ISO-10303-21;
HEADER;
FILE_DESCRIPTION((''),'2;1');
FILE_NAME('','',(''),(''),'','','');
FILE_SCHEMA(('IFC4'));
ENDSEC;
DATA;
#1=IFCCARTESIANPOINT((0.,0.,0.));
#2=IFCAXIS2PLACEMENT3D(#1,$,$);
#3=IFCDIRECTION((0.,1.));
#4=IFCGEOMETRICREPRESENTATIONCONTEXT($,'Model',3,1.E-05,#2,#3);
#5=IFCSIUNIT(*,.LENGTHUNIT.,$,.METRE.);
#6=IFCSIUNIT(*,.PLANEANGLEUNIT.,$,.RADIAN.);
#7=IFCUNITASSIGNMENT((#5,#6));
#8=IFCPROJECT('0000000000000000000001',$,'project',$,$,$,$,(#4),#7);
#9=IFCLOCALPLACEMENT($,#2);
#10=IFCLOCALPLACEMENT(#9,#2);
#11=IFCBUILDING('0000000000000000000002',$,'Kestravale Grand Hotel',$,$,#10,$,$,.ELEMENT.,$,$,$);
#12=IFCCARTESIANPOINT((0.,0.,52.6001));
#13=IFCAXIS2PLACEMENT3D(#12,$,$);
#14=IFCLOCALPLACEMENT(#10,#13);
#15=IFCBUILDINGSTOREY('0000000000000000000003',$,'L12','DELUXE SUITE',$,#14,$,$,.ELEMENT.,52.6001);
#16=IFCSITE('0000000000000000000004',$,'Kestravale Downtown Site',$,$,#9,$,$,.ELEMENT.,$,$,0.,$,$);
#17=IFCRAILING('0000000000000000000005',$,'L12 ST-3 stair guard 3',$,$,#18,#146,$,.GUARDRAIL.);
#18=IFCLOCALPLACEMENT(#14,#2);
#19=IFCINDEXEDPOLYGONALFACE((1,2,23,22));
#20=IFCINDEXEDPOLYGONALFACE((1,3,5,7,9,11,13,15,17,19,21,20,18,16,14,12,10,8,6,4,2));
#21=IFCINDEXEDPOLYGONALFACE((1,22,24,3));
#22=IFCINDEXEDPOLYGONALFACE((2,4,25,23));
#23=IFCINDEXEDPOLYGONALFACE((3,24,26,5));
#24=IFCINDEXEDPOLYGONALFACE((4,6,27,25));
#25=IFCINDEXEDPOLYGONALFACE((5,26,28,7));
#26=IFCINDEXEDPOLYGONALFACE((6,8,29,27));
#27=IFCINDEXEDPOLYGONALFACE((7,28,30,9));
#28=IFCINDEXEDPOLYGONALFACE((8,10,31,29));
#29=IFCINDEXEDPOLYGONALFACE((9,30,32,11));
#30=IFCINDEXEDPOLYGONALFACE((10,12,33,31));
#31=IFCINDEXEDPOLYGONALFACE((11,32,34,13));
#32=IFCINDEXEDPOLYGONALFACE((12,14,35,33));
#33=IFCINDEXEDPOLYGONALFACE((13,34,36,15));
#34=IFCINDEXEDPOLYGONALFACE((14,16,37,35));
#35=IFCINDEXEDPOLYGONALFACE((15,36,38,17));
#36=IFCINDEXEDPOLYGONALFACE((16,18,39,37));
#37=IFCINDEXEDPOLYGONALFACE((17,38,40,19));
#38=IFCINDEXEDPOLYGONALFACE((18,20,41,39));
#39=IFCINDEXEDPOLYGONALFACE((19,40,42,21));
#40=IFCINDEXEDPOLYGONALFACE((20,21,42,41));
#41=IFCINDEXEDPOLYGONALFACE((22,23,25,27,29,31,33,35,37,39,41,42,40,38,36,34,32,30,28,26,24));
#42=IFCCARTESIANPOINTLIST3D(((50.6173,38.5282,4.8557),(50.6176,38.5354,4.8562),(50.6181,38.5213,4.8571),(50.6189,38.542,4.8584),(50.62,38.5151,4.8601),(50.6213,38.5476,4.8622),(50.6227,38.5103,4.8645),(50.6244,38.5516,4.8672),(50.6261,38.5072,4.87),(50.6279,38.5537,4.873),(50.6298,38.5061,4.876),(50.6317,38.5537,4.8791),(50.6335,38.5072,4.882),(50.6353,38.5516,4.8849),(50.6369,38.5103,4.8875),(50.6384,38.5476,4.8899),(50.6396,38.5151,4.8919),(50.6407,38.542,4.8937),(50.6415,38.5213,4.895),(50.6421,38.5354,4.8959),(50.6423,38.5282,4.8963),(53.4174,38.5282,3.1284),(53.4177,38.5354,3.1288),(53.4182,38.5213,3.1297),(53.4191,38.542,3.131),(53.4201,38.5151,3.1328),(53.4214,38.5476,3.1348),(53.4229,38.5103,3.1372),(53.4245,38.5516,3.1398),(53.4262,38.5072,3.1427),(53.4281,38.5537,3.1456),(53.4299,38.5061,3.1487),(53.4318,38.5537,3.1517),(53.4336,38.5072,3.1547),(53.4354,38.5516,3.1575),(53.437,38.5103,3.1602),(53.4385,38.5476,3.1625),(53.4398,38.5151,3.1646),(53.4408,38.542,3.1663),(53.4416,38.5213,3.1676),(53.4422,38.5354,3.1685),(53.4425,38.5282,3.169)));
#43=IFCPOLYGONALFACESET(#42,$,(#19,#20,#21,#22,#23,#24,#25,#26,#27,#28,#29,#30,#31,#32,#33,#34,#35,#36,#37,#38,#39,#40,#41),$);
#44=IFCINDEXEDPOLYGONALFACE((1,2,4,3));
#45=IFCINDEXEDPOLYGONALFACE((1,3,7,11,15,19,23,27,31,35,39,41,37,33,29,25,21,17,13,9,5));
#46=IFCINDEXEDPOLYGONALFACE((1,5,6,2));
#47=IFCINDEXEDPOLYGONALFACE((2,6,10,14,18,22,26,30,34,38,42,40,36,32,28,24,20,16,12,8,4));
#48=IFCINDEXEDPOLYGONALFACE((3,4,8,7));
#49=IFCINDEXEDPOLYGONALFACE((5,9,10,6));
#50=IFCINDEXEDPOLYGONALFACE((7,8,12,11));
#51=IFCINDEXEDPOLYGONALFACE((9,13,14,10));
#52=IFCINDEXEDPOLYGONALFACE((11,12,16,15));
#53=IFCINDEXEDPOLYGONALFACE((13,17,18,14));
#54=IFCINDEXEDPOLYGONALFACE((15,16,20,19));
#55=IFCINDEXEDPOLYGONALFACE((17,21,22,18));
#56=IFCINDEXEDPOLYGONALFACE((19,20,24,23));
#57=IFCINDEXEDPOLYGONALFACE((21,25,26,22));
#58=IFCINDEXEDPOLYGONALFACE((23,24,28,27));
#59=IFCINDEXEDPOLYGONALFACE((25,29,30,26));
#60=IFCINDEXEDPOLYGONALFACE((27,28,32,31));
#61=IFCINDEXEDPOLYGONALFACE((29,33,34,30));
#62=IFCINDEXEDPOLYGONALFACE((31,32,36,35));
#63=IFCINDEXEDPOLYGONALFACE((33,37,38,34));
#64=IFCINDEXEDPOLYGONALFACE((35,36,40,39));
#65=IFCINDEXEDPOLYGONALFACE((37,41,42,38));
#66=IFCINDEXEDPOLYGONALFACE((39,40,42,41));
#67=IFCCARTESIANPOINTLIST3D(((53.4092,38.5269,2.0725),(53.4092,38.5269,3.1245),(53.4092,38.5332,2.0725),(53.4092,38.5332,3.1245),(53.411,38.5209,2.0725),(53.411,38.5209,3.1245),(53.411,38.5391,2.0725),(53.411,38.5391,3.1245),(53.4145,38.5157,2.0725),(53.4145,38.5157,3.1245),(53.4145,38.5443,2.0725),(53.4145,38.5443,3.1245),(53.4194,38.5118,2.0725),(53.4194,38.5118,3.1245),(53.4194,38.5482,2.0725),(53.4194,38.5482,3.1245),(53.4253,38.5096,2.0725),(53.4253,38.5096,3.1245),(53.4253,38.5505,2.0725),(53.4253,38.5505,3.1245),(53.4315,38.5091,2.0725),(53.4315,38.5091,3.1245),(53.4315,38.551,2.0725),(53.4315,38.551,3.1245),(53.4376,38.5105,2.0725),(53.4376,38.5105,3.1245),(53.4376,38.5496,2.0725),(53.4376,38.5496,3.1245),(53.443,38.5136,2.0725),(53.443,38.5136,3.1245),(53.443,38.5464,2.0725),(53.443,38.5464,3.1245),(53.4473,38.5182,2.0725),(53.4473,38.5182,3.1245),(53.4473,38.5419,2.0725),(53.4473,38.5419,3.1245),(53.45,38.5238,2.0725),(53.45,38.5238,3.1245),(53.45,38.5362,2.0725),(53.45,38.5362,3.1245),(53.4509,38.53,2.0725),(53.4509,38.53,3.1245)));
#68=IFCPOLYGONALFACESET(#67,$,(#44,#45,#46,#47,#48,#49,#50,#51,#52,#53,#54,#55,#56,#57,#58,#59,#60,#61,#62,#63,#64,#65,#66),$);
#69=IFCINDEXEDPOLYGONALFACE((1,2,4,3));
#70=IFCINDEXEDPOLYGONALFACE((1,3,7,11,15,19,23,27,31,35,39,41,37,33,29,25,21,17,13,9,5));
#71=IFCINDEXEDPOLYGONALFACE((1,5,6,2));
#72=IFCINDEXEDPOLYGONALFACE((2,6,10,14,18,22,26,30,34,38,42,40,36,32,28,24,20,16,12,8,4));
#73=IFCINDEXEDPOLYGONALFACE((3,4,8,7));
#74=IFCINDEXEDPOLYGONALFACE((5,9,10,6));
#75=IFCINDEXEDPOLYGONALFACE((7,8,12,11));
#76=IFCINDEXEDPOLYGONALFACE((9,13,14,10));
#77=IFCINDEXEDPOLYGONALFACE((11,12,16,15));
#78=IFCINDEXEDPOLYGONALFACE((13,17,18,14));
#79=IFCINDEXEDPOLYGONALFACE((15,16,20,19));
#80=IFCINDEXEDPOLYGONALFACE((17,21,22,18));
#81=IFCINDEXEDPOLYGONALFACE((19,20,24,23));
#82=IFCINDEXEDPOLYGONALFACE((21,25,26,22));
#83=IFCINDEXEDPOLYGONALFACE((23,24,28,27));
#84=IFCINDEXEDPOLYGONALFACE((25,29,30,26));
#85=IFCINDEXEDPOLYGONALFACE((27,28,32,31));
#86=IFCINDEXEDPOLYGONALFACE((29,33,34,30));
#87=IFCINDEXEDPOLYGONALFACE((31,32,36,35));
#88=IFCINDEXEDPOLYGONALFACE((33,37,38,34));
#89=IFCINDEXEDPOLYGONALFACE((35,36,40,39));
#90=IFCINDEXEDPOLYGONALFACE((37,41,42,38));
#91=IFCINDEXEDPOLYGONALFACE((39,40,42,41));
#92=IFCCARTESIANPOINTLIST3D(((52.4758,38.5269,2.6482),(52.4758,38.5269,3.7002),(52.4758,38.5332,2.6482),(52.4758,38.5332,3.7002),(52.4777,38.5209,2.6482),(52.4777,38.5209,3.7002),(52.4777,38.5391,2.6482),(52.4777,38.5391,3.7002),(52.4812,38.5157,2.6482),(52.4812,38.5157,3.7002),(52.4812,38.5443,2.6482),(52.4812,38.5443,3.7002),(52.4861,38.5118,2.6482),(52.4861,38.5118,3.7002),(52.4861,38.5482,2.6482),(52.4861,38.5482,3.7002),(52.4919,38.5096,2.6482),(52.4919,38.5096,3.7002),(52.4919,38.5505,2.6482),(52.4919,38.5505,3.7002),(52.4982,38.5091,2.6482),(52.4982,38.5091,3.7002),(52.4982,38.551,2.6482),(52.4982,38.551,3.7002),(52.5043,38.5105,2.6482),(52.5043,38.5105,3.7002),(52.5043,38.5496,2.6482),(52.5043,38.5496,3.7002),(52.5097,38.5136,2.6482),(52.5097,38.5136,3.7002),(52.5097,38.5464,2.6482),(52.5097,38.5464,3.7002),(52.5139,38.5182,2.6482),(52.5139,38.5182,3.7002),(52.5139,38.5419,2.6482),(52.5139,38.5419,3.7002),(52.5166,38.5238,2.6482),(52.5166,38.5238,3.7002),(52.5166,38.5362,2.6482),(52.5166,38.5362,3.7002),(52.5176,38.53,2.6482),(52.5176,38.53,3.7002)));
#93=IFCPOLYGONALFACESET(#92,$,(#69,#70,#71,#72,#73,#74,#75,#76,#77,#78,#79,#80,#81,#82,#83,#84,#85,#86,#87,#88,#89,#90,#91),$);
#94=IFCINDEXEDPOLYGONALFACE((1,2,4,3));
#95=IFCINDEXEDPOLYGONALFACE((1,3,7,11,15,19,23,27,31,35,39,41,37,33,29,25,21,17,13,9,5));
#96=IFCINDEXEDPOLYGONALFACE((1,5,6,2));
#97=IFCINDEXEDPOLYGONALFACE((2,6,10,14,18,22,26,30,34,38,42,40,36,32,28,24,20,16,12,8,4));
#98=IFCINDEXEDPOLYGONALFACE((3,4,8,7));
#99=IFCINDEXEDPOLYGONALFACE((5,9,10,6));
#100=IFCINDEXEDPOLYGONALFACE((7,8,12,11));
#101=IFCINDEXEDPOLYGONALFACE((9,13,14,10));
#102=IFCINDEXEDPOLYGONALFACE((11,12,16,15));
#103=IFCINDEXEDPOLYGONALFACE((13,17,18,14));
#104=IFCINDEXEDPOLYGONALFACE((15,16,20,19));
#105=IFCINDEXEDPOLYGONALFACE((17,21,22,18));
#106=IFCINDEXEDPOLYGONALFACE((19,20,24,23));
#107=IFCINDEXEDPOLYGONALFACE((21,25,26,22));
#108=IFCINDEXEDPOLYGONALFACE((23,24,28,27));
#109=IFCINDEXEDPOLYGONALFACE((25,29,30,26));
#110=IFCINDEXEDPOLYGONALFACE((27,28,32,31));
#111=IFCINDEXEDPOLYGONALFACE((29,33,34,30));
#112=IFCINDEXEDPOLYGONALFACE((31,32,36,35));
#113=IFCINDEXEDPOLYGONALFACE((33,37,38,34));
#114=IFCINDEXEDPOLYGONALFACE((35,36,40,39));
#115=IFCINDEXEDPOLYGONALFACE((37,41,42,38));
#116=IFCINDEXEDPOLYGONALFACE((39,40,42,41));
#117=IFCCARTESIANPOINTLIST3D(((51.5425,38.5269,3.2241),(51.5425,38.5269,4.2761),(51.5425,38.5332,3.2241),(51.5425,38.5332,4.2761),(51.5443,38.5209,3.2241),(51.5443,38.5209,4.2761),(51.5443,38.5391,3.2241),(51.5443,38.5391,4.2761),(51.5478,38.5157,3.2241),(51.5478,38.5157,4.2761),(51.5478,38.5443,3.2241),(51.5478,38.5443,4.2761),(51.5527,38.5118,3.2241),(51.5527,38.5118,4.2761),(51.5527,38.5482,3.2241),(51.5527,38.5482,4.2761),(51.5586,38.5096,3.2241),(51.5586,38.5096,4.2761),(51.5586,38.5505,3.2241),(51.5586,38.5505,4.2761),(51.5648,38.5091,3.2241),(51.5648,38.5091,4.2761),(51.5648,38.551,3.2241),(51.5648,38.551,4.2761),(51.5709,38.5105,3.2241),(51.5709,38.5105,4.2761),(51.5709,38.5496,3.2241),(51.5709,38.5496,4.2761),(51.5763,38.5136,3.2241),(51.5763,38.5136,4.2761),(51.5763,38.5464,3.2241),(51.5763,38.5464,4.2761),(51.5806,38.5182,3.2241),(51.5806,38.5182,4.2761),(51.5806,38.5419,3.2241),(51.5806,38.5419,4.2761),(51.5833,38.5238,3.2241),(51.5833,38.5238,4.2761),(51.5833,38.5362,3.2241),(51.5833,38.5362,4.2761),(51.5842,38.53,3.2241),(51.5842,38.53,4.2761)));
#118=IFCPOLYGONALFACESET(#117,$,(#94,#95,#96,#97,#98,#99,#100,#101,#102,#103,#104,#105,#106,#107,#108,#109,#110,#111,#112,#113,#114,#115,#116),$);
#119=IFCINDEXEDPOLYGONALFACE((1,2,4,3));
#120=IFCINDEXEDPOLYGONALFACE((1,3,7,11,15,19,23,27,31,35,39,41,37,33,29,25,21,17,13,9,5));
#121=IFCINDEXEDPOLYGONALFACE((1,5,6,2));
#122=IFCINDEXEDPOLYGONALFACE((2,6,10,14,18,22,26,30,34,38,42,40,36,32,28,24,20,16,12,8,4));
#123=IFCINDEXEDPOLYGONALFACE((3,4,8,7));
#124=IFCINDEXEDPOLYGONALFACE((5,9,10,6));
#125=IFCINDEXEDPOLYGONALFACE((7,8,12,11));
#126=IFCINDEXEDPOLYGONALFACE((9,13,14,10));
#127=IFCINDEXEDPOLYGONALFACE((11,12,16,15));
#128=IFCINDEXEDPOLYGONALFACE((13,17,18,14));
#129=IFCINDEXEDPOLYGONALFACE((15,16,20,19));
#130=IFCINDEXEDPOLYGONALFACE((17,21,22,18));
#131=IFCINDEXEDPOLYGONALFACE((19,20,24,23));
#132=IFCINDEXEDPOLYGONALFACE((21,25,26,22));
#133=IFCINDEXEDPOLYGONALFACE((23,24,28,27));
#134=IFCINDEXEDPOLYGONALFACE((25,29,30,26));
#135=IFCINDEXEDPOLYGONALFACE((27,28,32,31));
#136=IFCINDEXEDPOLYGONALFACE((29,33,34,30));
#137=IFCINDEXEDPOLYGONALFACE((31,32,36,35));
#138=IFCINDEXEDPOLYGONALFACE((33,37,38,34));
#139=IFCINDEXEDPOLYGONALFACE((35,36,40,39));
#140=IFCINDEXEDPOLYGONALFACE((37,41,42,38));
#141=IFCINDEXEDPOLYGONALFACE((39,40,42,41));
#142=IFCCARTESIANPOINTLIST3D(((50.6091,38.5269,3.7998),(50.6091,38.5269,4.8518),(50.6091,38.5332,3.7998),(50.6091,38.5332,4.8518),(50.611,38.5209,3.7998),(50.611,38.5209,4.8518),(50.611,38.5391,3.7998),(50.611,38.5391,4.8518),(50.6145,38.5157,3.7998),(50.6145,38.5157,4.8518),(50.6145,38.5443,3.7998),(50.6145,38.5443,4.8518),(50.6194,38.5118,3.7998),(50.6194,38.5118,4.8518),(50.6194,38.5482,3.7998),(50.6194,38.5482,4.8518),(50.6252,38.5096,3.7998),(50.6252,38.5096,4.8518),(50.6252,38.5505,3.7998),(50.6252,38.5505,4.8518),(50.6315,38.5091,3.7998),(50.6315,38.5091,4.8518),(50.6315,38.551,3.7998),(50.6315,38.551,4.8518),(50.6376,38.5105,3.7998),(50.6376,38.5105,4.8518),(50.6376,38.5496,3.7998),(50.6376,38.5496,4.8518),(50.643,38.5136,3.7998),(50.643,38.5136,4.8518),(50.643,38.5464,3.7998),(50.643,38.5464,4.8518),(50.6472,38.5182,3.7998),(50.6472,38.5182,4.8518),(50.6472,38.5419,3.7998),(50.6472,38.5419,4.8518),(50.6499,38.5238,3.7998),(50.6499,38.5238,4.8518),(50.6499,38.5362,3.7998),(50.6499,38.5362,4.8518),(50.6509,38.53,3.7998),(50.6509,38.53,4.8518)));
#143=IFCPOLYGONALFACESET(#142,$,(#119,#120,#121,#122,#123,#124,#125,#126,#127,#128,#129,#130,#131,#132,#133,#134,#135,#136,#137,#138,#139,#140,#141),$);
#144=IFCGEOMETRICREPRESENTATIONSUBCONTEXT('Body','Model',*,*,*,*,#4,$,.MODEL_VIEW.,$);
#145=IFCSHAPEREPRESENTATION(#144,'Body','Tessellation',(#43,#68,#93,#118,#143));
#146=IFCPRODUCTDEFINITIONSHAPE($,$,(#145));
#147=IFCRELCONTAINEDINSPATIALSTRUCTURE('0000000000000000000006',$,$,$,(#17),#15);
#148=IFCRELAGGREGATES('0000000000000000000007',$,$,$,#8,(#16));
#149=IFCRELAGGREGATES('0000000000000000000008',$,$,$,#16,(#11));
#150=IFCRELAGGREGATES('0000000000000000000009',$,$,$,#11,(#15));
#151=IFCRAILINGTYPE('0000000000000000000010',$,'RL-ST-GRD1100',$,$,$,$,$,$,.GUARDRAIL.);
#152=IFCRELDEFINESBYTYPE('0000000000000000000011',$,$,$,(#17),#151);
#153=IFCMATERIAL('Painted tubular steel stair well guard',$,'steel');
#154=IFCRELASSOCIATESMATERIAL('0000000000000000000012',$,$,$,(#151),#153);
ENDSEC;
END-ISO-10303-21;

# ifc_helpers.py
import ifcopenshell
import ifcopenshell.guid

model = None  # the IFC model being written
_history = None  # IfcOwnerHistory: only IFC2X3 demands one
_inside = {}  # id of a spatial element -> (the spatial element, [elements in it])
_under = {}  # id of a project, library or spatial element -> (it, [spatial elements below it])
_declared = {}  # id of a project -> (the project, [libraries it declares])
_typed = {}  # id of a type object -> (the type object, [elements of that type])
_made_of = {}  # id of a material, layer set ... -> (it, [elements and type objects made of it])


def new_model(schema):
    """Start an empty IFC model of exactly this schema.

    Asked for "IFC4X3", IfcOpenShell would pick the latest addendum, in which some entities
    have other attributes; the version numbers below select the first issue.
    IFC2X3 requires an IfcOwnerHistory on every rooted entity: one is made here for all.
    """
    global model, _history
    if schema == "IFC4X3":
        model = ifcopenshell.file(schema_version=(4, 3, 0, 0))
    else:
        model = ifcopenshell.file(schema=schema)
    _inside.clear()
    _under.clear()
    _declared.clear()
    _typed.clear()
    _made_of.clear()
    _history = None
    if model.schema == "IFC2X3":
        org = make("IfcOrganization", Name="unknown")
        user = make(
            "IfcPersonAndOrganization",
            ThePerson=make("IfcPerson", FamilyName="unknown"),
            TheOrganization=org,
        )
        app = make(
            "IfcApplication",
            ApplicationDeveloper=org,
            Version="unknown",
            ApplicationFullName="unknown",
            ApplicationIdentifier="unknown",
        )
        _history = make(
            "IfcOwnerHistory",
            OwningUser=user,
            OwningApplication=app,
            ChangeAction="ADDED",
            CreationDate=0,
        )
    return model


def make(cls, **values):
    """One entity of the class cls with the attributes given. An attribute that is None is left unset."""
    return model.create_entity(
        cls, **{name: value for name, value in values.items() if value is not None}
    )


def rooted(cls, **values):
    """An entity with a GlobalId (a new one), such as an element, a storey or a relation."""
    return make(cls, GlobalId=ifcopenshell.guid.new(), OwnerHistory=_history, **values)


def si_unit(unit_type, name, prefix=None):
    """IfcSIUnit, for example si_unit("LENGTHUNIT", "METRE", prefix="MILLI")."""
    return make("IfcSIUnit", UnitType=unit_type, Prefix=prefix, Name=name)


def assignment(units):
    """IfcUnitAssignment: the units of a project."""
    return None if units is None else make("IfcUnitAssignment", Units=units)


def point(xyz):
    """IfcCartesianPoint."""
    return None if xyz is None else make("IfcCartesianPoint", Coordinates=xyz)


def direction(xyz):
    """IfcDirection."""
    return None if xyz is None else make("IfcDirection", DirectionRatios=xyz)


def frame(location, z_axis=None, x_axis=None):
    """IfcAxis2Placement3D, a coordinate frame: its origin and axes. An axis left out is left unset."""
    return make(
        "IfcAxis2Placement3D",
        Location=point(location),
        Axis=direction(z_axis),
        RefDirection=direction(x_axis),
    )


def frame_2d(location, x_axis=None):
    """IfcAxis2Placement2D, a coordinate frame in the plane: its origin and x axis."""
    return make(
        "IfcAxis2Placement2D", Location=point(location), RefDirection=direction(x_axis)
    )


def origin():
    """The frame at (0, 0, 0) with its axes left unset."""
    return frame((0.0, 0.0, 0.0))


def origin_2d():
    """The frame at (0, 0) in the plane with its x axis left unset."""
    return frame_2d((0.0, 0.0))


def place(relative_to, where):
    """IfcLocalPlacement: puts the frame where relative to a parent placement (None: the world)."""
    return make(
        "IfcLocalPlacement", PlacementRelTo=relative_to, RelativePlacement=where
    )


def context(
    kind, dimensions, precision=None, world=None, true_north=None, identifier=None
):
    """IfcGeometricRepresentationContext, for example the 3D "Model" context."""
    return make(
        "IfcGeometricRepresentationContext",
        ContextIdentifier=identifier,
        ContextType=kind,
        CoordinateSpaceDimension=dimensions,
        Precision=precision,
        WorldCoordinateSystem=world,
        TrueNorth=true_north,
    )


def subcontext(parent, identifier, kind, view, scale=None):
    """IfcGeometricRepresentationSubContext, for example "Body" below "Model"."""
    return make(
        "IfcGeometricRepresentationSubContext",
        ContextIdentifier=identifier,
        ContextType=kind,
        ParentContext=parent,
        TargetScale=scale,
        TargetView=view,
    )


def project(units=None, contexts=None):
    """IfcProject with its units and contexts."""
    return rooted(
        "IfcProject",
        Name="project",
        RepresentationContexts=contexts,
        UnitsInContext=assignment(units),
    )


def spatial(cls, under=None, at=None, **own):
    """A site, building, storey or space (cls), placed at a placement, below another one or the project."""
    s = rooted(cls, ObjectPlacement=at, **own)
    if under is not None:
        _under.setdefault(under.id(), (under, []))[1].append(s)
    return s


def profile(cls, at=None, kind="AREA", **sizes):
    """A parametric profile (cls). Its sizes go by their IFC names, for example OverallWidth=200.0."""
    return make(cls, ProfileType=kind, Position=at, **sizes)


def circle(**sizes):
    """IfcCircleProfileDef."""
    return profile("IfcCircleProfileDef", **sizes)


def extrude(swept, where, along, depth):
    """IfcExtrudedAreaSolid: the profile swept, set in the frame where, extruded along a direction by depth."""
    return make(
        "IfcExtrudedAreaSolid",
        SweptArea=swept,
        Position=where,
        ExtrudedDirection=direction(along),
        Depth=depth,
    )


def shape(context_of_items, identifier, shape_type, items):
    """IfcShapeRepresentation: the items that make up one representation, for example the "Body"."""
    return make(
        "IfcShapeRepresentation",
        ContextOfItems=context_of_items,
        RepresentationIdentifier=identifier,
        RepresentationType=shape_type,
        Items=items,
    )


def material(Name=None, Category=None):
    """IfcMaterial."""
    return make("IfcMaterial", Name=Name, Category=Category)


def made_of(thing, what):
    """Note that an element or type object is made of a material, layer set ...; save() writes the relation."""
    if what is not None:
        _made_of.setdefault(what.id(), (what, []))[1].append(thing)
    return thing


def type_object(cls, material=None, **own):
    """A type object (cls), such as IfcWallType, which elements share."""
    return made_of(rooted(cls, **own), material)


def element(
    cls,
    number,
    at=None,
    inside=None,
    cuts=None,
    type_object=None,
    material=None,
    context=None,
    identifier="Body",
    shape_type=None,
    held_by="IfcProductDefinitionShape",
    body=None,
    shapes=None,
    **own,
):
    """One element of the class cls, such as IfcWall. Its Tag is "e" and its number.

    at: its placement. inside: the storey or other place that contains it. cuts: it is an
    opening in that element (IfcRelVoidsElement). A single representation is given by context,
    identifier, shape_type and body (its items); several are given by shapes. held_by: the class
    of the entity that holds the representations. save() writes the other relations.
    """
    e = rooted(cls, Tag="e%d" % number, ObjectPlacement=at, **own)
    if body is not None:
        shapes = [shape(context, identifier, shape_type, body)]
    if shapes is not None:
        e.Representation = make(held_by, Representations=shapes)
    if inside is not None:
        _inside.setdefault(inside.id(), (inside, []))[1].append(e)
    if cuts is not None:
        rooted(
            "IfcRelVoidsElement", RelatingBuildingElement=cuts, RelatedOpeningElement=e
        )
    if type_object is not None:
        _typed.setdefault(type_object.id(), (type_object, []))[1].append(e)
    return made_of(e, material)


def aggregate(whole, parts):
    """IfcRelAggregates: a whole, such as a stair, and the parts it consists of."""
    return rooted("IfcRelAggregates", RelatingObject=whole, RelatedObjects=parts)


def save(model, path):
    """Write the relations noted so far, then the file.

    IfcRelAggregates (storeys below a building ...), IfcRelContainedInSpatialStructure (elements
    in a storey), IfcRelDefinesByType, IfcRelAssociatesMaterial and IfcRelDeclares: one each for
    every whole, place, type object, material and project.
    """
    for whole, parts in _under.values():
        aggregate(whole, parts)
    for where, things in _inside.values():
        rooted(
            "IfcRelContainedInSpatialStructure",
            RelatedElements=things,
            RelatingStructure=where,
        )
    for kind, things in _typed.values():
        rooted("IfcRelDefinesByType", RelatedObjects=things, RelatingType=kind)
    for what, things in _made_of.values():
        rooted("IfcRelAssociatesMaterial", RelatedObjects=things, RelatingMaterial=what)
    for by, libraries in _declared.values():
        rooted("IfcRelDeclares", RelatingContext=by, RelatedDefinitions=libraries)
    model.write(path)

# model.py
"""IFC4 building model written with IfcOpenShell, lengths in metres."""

from ifc_helpers import new_model, si_unit, direction, frame, origin, origin_2d, place, context, subcontext, project, spatial, circle, extrude, material, type_object, element, save


model = new_model("IFC4")

# Units and contexts
model_context = context("Model", 3, precision=1e-05, world=origin(), true_north=direction((0.0, 1.0)))
body_context = subcontext(model_context, "Body", "Model", "MODEL_VIEW")
ifc_project = project(units=[si_unit("LENGTHUNIT", "METRE"), si_unit("PLANEANGLEUNIT", "RADIAN")], contexts=[model_context])

# Site, building, storey
site_placement = place(None, origin())
site = spatial("IfcSite", under=ifc_project, at=site_placement, Name="Kestravale Downtown Site", CompositionType="ELEMENT", RefElevation=0.0)
building_placement = place(site_placement, origin())
building = spatial("IfcBuilding", under=site, at=building_placement, Name="Kestravale Grand Hotel", CompositionType="ELEMENT")
storey_placement = place(building_placement, frame((0.0, 0.0, 52.6001)))
storey = spatial("IfcBuildingStorey", under=building, at=storey_placement, Name="L12", Description="DELUXE SUITE", CompositionType="ELEMENT", Elevation=52.6001)

# Railing
ifc_material_1 = material(Name="Painted tubular steel stair well guard", Category="steel")
railing_type_1 = type_object("IfcRailingType", Name="RL-ST-GRD1100", PredefinedType="GUARDRAIL", material=ifc_material_1)
railing_1_placement = place(storey_placement, frame((53.4299, 38.53, 2.0725)))
element("IfcRailing", 1, at=railing_1_placement, inside=storey, type_object=railing_type_1, Name="L12 ST-3 stair guard 3", PredefinedType="GUARDRAIL", context=body_context, shape_type="SweptSolid", body=[
    extrude(circle(Radius=0.0239, at=origin_2d()), frame((0.0, 0.0, 1.0762), z_axis=(-0.85109, 0.0, 0.52502), x_axis=(0.0, -1.0, 0.0)), (0.0, 0.0, 1.0), 3.29),
    extrude(circle(Radius=0.021, at=origin_2d()), origin(), (0.0, 0.0, 1.0), 1.052),
    extrude(circle(Radius=0.021, at=origin_2d()), frame((-0.9333, 0.0, 0.5757)), (0.0, 0.0, 1.0), 1.052),
    extrude(circle(Radius=0.021, at=origin_2d()), frame((-1.8667, 0.0, 1.1516)), (0.0, 0.0, 1.0), 1.052),
    extrude(circle(Radius=0.021, at=origin_2d()), frame((-2.8, 0.0, 1.7273)), (0.0, 0.0, 1.0), 1.052),
])

save(model, "model.ifc")
